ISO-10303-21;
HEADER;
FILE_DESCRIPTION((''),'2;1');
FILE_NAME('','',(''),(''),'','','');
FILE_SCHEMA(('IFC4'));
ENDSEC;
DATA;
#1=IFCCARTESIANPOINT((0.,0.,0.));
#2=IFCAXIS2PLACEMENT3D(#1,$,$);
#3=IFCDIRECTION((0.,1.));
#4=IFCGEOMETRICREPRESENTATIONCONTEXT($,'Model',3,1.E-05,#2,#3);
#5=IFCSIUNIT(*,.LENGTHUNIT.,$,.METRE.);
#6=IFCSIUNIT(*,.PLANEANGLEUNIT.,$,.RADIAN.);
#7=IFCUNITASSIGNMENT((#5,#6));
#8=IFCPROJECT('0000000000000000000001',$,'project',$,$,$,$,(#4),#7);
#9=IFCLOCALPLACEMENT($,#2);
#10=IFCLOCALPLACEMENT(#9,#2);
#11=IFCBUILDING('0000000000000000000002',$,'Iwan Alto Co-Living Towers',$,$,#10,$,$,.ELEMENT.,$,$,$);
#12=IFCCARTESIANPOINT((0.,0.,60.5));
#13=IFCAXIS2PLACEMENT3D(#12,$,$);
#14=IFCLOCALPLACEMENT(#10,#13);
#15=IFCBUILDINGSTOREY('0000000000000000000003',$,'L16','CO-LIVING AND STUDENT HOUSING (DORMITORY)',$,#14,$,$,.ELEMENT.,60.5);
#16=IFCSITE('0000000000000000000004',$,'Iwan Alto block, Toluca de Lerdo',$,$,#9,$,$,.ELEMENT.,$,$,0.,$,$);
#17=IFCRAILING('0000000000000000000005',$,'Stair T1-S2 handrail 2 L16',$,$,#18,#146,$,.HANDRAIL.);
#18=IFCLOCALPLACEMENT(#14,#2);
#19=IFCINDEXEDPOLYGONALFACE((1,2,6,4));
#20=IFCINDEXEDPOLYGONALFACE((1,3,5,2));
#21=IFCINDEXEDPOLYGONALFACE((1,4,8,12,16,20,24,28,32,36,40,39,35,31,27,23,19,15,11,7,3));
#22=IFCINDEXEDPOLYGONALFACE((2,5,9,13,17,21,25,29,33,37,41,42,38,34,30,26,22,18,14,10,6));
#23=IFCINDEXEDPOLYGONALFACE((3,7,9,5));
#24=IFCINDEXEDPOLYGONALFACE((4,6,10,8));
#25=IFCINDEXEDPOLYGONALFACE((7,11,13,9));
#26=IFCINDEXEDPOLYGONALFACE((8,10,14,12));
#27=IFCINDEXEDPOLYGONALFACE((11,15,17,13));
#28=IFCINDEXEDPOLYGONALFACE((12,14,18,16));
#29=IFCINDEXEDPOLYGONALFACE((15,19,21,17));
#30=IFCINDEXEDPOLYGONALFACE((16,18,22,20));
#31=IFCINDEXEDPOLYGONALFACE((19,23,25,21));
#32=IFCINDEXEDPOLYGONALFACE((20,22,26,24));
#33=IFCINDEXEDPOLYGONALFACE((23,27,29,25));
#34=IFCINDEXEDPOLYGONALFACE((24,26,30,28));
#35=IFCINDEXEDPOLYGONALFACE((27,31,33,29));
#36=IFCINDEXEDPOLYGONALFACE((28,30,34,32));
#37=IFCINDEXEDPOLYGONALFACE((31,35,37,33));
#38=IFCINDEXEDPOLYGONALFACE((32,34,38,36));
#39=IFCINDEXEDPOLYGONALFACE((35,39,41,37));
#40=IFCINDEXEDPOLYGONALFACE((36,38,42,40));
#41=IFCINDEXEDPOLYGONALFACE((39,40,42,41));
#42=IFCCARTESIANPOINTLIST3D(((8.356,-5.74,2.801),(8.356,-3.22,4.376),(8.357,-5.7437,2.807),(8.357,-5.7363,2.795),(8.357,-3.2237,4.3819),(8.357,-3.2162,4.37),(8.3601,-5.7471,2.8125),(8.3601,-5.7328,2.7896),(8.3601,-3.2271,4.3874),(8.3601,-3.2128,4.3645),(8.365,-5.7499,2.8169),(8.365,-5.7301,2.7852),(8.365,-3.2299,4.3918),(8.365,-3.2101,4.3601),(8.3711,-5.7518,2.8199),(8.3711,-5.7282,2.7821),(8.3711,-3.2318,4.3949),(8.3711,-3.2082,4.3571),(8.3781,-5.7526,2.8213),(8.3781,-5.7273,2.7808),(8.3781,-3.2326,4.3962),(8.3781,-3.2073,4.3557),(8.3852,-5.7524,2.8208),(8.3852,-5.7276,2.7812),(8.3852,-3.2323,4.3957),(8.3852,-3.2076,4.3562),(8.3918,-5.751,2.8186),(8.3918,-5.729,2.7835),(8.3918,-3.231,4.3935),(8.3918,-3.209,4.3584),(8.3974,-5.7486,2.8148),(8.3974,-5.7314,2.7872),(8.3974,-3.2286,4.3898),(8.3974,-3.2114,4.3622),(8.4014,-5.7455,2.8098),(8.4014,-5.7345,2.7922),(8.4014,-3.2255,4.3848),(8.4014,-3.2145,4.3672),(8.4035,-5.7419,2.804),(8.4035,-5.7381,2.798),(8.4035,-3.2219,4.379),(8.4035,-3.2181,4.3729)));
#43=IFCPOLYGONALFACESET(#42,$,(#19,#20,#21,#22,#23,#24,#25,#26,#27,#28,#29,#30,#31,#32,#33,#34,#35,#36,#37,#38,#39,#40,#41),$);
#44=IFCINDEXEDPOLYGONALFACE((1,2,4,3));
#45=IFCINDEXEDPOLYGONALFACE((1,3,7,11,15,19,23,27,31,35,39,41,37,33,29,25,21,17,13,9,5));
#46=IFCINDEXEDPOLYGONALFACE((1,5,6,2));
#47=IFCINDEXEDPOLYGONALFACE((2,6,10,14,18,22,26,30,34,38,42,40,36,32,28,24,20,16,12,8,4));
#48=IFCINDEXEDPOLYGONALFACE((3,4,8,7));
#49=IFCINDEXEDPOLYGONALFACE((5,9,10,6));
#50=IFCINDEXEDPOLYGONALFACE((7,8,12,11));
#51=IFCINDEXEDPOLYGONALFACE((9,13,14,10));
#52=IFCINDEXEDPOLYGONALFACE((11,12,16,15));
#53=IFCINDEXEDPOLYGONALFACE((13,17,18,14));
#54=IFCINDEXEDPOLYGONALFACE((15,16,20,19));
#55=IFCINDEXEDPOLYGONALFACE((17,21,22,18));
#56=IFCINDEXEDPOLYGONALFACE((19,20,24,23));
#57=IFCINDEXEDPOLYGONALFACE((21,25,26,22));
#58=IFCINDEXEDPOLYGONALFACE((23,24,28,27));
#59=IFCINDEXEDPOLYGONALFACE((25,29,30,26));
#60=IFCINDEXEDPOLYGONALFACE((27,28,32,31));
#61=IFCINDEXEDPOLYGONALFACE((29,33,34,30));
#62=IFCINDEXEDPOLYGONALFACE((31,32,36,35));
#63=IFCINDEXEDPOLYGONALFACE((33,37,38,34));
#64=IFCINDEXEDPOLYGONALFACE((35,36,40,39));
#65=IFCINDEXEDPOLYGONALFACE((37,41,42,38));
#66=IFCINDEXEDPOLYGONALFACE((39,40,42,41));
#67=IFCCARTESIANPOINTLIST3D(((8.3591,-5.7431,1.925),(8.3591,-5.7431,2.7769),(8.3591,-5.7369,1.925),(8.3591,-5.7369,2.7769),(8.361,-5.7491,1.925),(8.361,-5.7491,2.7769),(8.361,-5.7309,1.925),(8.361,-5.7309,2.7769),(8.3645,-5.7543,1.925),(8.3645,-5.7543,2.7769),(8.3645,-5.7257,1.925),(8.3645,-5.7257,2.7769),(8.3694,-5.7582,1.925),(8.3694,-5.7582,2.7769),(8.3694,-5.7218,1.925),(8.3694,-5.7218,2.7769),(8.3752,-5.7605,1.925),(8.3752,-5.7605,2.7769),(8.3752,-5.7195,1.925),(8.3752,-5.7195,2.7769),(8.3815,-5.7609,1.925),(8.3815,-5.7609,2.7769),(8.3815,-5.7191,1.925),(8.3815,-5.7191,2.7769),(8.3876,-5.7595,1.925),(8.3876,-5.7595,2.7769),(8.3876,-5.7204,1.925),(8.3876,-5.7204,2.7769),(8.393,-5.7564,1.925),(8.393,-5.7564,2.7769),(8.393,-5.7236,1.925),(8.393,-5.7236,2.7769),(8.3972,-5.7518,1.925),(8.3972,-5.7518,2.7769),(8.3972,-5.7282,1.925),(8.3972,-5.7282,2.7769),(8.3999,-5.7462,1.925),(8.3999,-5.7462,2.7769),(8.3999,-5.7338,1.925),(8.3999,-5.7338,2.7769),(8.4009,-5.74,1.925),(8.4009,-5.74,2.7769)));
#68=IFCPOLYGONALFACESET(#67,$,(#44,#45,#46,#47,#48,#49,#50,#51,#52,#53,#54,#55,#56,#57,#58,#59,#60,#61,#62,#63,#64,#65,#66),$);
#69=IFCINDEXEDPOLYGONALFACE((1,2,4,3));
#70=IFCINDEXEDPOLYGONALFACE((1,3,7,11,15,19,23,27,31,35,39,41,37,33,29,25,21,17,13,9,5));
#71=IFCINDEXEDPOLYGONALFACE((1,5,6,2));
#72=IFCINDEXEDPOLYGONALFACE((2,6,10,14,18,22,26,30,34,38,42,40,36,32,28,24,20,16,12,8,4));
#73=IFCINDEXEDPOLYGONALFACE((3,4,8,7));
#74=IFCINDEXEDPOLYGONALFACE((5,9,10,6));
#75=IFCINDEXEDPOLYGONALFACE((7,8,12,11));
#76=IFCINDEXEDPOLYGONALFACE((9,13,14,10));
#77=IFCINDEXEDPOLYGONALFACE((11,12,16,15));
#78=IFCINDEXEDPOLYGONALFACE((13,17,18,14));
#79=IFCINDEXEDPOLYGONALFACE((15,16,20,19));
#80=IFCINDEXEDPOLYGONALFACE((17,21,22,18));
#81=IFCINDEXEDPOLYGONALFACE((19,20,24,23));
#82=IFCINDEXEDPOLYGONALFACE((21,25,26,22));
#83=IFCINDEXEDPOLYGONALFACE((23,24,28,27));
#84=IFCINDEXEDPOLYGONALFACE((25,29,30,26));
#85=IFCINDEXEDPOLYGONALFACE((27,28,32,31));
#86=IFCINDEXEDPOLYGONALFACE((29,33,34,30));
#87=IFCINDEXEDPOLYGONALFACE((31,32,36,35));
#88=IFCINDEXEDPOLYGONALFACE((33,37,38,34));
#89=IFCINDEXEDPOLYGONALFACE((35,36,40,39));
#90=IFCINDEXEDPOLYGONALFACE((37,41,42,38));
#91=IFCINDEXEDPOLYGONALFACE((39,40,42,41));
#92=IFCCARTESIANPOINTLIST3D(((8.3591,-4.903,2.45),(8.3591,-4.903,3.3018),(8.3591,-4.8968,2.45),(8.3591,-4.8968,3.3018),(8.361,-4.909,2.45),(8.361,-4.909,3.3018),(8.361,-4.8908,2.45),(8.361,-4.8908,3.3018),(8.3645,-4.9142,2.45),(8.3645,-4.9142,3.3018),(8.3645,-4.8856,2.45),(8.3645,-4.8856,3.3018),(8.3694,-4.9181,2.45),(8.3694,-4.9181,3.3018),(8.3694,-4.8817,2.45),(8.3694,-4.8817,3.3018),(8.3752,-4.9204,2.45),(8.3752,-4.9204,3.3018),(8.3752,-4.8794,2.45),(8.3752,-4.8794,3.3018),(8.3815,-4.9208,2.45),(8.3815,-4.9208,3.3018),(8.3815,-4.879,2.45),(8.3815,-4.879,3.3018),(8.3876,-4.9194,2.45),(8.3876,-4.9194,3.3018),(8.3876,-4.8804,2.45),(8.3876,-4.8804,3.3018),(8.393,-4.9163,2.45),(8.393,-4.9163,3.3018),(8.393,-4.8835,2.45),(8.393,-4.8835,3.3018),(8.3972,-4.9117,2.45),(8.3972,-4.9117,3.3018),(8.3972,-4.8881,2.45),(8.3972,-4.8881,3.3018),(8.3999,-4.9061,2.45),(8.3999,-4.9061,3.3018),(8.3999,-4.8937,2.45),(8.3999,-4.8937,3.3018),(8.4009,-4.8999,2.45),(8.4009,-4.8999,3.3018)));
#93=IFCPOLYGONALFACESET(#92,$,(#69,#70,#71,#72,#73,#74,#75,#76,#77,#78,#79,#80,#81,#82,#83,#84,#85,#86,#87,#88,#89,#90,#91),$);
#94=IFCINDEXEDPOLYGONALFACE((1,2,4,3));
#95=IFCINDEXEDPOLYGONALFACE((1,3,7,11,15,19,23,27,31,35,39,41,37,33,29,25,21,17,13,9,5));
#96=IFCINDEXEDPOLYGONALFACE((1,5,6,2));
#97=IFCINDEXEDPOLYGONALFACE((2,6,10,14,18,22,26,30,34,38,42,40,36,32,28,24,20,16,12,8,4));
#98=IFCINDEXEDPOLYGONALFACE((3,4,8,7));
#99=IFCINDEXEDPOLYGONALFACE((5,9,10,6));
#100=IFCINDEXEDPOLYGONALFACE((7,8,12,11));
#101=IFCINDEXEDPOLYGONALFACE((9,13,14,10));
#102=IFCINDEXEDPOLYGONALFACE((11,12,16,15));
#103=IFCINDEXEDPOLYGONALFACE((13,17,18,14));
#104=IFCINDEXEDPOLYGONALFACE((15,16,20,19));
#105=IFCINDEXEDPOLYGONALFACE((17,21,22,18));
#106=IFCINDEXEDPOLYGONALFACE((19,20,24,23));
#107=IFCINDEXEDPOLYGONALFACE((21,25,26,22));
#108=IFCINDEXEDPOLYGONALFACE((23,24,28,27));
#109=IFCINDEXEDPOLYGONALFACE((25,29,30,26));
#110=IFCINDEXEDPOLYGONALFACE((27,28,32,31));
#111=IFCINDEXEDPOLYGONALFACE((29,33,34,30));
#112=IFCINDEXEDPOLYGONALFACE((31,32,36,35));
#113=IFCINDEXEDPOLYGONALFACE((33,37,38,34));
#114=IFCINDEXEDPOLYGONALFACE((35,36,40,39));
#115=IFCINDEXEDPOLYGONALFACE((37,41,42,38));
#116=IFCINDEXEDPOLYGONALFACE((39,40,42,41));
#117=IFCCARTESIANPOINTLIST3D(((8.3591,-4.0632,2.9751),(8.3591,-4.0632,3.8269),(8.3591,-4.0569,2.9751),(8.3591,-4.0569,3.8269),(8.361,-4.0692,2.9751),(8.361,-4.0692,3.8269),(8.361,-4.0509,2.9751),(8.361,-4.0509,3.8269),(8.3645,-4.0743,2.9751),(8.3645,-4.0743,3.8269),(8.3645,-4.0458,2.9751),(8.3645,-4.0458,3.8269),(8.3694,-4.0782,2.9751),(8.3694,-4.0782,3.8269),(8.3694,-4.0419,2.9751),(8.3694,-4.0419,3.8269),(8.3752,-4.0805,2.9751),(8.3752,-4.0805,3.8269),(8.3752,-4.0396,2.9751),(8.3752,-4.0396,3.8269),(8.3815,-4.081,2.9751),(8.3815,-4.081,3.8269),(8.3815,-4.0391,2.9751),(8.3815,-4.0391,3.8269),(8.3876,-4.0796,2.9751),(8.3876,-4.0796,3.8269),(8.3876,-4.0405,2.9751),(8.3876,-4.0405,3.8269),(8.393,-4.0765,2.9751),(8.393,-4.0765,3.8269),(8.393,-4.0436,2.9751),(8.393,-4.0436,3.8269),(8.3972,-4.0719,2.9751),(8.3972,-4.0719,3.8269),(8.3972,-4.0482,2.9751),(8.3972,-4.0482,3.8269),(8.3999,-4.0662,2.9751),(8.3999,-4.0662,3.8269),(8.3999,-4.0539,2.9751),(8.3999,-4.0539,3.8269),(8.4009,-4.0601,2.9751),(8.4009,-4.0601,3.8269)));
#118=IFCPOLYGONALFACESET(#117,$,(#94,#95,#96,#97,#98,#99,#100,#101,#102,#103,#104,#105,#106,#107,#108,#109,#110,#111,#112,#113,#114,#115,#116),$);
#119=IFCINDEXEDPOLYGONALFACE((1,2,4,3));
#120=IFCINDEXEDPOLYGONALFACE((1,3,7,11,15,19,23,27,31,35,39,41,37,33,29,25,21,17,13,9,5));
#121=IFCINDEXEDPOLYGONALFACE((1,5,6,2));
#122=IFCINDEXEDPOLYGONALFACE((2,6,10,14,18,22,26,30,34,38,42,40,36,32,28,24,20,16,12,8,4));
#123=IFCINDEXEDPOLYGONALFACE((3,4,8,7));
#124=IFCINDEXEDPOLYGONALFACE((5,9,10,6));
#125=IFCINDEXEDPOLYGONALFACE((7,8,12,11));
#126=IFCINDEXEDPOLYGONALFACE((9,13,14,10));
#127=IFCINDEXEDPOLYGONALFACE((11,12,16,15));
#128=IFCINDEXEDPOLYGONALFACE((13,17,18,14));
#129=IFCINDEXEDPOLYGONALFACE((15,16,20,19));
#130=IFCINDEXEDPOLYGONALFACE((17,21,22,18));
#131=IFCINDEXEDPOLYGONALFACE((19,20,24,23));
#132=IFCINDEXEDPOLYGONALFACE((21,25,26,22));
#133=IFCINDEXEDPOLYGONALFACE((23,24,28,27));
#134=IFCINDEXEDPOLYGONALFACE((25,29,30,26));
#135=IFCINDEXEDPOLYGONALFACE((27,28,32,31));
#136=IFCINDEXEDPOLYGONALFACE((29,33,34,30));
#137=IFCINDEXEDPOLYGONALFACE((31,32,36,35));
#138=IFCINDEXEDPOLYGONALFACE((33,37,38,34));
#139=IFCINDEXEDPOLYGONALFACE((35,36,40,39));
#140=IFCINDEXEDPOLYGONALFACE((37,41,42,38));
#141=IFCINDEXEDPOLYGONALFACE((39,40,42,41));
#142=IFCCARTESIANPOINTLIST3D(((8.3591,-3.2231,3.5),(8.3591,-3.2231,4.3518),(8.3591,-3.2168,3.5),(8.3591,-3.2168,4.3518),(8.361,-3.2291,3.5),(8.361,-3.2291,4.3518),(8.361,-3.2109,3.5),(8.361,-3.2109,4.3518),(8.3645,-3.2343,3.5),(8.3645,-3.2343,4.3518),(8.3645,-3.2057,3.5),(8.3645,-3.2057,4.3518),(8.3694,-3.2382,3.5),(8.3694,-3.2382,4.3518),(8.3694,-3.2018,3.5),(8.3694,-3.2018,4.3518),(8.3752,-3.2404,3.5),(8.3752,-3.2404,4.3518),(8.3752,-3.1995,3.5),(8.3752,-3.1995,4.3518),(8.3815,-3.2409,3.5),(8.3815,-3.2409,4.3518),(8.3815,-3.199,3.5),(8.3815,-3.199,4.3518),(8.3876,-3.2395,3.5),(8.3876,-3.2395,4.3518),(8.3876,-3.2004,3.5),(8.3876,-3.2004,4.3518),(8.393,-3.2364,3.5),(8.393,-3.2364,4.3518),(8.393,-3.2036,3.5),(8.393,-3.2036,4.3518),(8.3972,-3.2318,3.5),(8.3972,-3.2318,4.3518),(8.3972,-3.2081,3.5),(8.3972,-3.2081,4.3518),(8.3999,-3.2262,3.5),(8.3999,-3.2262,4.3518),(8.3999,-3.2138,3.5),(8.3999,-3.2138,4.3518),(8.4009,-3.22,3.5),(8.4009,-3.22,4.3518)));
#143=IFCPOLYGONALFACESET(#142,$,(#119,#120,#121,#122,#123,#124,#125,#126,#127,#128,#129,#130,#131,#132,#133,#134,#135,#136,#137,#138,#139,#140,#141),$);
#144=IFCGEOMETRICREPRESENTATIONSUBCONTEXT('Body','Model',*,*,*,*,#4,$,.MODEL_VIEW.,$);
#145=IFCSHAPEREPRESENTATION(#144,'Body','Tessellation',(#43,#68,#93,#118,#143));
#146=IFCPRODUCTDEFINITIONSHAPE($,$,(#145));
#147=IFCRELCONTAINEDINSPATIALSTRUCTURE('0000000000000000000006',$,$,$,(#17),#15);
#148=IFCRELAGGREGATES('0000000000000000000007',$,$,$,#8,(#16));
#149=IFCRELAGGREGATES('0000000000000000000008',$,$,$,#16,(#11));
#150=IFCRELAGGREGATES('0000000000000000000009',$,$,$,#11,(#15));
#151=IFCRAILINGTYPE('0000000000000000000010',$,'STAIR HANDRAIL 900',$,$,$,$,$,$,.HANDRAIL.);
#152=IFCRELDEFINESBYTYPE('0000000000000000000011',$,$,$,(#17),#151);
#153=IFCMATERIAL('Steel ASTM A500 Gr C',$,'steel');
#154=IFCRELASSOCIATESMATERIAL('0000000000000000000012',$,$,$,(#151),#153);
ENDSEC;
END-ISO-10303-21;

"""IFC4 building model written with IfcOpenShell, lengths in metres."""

from ifc_helpers import new_model, si_unit, direction, frame, origin, origin_2d, place, context, subcontext, project, spatial, circle, extrude, material, type_object, element, save


model = new_model("IFC4")

# Units and contexts
model_context = context("Model", 3, precision=1e-05, world=origin(), true_north=direction((0.0, 1.0)))
body_context = subcontext(model_context, "Body", "Model", "MODEL_VIEW")
ifc_project = project(units=[si_unit("LENGTHUNIT", "METRE"), si_unit("PLANEANGLEUNIT", "RADIAN")], contexts=[model_context])

# Site, building, storey
site_placement = place(None, origin())
site = spatial("IfcSite", under=ifc_project, at=site_placement, Name="Iwan Alto block, Toluca de Lerdo", CompositionType="ELEMENT", RefElevation=0.0)
building_placement = place(site_placement, origin())
building = spatial("IfcBuilding", under=site, at=building_placement, Name="Iwan Alto Co-Living Towers", CompositionType="ELEMENT")
storey_placement = place(building_placement, frame((0.0, 0.0, 60.5)))
storey = spatial("IfcBuildingStorey", under=building, at=storey_placement, Name="L16", Description="CO-LIVING AND STUDENT HOUSING (DORMITORY)", CompositionType="ELEMENT", Elevation=60.5)

# Railing
ifc_material_1 = material(Name="Steel ASTM A500 Gr C", Category="steel")
railing_type_1 = type_object("IfcRailingType", Name="STAIR HANDRAIL 900", PredefinedType="HANDRAIL", material=ifc_material_1)
railing_1_placement = place(storey_placement, frame((8.3799, -5.74, 1.925)))
element("IfcRailing", 1, at=railing_1_placement, inside=storey, type_object=railing_type_1, Name="Stair T1-S2 handrail 2 L16", PredefinedType="HANDRAIL", context=body_context, shape_type="SweptSolid", body=[
    extrude(circle(Radius=0.0239, at=origin_2d()), frame((0.0, 0.0, 0.876), z_axis=(0.0, 0.848008, 0.529984), x_axis=(-1.0, 0.0, 0.0)), (0.0, 0.0, 1.0), 2.9717),
    extrude(circle(Radius=0.021, at=origin_2d()), origin(), (0.0, 0.0, 1.0), 0.8518),
    extrude(circle(Radius=0.021, at=origin_2d()), frame((0.0, 0.8401, 0.5249)), (0.0, 0.0, 1.0), 0.8518),
    extrude(circle(Radius=0.021, at=origin_2d()), frame((0.0, 1.6799, 1.05)), (0.0, 0.0, 1.0), 0.8518),
    extrude(circle(Radius=0.021, at=origin_2d()), frame((0.0, 2.52, 1.575)), (0.0, 0.0, 1.0), 0.8518),
])

save(model, "model.ifc")
